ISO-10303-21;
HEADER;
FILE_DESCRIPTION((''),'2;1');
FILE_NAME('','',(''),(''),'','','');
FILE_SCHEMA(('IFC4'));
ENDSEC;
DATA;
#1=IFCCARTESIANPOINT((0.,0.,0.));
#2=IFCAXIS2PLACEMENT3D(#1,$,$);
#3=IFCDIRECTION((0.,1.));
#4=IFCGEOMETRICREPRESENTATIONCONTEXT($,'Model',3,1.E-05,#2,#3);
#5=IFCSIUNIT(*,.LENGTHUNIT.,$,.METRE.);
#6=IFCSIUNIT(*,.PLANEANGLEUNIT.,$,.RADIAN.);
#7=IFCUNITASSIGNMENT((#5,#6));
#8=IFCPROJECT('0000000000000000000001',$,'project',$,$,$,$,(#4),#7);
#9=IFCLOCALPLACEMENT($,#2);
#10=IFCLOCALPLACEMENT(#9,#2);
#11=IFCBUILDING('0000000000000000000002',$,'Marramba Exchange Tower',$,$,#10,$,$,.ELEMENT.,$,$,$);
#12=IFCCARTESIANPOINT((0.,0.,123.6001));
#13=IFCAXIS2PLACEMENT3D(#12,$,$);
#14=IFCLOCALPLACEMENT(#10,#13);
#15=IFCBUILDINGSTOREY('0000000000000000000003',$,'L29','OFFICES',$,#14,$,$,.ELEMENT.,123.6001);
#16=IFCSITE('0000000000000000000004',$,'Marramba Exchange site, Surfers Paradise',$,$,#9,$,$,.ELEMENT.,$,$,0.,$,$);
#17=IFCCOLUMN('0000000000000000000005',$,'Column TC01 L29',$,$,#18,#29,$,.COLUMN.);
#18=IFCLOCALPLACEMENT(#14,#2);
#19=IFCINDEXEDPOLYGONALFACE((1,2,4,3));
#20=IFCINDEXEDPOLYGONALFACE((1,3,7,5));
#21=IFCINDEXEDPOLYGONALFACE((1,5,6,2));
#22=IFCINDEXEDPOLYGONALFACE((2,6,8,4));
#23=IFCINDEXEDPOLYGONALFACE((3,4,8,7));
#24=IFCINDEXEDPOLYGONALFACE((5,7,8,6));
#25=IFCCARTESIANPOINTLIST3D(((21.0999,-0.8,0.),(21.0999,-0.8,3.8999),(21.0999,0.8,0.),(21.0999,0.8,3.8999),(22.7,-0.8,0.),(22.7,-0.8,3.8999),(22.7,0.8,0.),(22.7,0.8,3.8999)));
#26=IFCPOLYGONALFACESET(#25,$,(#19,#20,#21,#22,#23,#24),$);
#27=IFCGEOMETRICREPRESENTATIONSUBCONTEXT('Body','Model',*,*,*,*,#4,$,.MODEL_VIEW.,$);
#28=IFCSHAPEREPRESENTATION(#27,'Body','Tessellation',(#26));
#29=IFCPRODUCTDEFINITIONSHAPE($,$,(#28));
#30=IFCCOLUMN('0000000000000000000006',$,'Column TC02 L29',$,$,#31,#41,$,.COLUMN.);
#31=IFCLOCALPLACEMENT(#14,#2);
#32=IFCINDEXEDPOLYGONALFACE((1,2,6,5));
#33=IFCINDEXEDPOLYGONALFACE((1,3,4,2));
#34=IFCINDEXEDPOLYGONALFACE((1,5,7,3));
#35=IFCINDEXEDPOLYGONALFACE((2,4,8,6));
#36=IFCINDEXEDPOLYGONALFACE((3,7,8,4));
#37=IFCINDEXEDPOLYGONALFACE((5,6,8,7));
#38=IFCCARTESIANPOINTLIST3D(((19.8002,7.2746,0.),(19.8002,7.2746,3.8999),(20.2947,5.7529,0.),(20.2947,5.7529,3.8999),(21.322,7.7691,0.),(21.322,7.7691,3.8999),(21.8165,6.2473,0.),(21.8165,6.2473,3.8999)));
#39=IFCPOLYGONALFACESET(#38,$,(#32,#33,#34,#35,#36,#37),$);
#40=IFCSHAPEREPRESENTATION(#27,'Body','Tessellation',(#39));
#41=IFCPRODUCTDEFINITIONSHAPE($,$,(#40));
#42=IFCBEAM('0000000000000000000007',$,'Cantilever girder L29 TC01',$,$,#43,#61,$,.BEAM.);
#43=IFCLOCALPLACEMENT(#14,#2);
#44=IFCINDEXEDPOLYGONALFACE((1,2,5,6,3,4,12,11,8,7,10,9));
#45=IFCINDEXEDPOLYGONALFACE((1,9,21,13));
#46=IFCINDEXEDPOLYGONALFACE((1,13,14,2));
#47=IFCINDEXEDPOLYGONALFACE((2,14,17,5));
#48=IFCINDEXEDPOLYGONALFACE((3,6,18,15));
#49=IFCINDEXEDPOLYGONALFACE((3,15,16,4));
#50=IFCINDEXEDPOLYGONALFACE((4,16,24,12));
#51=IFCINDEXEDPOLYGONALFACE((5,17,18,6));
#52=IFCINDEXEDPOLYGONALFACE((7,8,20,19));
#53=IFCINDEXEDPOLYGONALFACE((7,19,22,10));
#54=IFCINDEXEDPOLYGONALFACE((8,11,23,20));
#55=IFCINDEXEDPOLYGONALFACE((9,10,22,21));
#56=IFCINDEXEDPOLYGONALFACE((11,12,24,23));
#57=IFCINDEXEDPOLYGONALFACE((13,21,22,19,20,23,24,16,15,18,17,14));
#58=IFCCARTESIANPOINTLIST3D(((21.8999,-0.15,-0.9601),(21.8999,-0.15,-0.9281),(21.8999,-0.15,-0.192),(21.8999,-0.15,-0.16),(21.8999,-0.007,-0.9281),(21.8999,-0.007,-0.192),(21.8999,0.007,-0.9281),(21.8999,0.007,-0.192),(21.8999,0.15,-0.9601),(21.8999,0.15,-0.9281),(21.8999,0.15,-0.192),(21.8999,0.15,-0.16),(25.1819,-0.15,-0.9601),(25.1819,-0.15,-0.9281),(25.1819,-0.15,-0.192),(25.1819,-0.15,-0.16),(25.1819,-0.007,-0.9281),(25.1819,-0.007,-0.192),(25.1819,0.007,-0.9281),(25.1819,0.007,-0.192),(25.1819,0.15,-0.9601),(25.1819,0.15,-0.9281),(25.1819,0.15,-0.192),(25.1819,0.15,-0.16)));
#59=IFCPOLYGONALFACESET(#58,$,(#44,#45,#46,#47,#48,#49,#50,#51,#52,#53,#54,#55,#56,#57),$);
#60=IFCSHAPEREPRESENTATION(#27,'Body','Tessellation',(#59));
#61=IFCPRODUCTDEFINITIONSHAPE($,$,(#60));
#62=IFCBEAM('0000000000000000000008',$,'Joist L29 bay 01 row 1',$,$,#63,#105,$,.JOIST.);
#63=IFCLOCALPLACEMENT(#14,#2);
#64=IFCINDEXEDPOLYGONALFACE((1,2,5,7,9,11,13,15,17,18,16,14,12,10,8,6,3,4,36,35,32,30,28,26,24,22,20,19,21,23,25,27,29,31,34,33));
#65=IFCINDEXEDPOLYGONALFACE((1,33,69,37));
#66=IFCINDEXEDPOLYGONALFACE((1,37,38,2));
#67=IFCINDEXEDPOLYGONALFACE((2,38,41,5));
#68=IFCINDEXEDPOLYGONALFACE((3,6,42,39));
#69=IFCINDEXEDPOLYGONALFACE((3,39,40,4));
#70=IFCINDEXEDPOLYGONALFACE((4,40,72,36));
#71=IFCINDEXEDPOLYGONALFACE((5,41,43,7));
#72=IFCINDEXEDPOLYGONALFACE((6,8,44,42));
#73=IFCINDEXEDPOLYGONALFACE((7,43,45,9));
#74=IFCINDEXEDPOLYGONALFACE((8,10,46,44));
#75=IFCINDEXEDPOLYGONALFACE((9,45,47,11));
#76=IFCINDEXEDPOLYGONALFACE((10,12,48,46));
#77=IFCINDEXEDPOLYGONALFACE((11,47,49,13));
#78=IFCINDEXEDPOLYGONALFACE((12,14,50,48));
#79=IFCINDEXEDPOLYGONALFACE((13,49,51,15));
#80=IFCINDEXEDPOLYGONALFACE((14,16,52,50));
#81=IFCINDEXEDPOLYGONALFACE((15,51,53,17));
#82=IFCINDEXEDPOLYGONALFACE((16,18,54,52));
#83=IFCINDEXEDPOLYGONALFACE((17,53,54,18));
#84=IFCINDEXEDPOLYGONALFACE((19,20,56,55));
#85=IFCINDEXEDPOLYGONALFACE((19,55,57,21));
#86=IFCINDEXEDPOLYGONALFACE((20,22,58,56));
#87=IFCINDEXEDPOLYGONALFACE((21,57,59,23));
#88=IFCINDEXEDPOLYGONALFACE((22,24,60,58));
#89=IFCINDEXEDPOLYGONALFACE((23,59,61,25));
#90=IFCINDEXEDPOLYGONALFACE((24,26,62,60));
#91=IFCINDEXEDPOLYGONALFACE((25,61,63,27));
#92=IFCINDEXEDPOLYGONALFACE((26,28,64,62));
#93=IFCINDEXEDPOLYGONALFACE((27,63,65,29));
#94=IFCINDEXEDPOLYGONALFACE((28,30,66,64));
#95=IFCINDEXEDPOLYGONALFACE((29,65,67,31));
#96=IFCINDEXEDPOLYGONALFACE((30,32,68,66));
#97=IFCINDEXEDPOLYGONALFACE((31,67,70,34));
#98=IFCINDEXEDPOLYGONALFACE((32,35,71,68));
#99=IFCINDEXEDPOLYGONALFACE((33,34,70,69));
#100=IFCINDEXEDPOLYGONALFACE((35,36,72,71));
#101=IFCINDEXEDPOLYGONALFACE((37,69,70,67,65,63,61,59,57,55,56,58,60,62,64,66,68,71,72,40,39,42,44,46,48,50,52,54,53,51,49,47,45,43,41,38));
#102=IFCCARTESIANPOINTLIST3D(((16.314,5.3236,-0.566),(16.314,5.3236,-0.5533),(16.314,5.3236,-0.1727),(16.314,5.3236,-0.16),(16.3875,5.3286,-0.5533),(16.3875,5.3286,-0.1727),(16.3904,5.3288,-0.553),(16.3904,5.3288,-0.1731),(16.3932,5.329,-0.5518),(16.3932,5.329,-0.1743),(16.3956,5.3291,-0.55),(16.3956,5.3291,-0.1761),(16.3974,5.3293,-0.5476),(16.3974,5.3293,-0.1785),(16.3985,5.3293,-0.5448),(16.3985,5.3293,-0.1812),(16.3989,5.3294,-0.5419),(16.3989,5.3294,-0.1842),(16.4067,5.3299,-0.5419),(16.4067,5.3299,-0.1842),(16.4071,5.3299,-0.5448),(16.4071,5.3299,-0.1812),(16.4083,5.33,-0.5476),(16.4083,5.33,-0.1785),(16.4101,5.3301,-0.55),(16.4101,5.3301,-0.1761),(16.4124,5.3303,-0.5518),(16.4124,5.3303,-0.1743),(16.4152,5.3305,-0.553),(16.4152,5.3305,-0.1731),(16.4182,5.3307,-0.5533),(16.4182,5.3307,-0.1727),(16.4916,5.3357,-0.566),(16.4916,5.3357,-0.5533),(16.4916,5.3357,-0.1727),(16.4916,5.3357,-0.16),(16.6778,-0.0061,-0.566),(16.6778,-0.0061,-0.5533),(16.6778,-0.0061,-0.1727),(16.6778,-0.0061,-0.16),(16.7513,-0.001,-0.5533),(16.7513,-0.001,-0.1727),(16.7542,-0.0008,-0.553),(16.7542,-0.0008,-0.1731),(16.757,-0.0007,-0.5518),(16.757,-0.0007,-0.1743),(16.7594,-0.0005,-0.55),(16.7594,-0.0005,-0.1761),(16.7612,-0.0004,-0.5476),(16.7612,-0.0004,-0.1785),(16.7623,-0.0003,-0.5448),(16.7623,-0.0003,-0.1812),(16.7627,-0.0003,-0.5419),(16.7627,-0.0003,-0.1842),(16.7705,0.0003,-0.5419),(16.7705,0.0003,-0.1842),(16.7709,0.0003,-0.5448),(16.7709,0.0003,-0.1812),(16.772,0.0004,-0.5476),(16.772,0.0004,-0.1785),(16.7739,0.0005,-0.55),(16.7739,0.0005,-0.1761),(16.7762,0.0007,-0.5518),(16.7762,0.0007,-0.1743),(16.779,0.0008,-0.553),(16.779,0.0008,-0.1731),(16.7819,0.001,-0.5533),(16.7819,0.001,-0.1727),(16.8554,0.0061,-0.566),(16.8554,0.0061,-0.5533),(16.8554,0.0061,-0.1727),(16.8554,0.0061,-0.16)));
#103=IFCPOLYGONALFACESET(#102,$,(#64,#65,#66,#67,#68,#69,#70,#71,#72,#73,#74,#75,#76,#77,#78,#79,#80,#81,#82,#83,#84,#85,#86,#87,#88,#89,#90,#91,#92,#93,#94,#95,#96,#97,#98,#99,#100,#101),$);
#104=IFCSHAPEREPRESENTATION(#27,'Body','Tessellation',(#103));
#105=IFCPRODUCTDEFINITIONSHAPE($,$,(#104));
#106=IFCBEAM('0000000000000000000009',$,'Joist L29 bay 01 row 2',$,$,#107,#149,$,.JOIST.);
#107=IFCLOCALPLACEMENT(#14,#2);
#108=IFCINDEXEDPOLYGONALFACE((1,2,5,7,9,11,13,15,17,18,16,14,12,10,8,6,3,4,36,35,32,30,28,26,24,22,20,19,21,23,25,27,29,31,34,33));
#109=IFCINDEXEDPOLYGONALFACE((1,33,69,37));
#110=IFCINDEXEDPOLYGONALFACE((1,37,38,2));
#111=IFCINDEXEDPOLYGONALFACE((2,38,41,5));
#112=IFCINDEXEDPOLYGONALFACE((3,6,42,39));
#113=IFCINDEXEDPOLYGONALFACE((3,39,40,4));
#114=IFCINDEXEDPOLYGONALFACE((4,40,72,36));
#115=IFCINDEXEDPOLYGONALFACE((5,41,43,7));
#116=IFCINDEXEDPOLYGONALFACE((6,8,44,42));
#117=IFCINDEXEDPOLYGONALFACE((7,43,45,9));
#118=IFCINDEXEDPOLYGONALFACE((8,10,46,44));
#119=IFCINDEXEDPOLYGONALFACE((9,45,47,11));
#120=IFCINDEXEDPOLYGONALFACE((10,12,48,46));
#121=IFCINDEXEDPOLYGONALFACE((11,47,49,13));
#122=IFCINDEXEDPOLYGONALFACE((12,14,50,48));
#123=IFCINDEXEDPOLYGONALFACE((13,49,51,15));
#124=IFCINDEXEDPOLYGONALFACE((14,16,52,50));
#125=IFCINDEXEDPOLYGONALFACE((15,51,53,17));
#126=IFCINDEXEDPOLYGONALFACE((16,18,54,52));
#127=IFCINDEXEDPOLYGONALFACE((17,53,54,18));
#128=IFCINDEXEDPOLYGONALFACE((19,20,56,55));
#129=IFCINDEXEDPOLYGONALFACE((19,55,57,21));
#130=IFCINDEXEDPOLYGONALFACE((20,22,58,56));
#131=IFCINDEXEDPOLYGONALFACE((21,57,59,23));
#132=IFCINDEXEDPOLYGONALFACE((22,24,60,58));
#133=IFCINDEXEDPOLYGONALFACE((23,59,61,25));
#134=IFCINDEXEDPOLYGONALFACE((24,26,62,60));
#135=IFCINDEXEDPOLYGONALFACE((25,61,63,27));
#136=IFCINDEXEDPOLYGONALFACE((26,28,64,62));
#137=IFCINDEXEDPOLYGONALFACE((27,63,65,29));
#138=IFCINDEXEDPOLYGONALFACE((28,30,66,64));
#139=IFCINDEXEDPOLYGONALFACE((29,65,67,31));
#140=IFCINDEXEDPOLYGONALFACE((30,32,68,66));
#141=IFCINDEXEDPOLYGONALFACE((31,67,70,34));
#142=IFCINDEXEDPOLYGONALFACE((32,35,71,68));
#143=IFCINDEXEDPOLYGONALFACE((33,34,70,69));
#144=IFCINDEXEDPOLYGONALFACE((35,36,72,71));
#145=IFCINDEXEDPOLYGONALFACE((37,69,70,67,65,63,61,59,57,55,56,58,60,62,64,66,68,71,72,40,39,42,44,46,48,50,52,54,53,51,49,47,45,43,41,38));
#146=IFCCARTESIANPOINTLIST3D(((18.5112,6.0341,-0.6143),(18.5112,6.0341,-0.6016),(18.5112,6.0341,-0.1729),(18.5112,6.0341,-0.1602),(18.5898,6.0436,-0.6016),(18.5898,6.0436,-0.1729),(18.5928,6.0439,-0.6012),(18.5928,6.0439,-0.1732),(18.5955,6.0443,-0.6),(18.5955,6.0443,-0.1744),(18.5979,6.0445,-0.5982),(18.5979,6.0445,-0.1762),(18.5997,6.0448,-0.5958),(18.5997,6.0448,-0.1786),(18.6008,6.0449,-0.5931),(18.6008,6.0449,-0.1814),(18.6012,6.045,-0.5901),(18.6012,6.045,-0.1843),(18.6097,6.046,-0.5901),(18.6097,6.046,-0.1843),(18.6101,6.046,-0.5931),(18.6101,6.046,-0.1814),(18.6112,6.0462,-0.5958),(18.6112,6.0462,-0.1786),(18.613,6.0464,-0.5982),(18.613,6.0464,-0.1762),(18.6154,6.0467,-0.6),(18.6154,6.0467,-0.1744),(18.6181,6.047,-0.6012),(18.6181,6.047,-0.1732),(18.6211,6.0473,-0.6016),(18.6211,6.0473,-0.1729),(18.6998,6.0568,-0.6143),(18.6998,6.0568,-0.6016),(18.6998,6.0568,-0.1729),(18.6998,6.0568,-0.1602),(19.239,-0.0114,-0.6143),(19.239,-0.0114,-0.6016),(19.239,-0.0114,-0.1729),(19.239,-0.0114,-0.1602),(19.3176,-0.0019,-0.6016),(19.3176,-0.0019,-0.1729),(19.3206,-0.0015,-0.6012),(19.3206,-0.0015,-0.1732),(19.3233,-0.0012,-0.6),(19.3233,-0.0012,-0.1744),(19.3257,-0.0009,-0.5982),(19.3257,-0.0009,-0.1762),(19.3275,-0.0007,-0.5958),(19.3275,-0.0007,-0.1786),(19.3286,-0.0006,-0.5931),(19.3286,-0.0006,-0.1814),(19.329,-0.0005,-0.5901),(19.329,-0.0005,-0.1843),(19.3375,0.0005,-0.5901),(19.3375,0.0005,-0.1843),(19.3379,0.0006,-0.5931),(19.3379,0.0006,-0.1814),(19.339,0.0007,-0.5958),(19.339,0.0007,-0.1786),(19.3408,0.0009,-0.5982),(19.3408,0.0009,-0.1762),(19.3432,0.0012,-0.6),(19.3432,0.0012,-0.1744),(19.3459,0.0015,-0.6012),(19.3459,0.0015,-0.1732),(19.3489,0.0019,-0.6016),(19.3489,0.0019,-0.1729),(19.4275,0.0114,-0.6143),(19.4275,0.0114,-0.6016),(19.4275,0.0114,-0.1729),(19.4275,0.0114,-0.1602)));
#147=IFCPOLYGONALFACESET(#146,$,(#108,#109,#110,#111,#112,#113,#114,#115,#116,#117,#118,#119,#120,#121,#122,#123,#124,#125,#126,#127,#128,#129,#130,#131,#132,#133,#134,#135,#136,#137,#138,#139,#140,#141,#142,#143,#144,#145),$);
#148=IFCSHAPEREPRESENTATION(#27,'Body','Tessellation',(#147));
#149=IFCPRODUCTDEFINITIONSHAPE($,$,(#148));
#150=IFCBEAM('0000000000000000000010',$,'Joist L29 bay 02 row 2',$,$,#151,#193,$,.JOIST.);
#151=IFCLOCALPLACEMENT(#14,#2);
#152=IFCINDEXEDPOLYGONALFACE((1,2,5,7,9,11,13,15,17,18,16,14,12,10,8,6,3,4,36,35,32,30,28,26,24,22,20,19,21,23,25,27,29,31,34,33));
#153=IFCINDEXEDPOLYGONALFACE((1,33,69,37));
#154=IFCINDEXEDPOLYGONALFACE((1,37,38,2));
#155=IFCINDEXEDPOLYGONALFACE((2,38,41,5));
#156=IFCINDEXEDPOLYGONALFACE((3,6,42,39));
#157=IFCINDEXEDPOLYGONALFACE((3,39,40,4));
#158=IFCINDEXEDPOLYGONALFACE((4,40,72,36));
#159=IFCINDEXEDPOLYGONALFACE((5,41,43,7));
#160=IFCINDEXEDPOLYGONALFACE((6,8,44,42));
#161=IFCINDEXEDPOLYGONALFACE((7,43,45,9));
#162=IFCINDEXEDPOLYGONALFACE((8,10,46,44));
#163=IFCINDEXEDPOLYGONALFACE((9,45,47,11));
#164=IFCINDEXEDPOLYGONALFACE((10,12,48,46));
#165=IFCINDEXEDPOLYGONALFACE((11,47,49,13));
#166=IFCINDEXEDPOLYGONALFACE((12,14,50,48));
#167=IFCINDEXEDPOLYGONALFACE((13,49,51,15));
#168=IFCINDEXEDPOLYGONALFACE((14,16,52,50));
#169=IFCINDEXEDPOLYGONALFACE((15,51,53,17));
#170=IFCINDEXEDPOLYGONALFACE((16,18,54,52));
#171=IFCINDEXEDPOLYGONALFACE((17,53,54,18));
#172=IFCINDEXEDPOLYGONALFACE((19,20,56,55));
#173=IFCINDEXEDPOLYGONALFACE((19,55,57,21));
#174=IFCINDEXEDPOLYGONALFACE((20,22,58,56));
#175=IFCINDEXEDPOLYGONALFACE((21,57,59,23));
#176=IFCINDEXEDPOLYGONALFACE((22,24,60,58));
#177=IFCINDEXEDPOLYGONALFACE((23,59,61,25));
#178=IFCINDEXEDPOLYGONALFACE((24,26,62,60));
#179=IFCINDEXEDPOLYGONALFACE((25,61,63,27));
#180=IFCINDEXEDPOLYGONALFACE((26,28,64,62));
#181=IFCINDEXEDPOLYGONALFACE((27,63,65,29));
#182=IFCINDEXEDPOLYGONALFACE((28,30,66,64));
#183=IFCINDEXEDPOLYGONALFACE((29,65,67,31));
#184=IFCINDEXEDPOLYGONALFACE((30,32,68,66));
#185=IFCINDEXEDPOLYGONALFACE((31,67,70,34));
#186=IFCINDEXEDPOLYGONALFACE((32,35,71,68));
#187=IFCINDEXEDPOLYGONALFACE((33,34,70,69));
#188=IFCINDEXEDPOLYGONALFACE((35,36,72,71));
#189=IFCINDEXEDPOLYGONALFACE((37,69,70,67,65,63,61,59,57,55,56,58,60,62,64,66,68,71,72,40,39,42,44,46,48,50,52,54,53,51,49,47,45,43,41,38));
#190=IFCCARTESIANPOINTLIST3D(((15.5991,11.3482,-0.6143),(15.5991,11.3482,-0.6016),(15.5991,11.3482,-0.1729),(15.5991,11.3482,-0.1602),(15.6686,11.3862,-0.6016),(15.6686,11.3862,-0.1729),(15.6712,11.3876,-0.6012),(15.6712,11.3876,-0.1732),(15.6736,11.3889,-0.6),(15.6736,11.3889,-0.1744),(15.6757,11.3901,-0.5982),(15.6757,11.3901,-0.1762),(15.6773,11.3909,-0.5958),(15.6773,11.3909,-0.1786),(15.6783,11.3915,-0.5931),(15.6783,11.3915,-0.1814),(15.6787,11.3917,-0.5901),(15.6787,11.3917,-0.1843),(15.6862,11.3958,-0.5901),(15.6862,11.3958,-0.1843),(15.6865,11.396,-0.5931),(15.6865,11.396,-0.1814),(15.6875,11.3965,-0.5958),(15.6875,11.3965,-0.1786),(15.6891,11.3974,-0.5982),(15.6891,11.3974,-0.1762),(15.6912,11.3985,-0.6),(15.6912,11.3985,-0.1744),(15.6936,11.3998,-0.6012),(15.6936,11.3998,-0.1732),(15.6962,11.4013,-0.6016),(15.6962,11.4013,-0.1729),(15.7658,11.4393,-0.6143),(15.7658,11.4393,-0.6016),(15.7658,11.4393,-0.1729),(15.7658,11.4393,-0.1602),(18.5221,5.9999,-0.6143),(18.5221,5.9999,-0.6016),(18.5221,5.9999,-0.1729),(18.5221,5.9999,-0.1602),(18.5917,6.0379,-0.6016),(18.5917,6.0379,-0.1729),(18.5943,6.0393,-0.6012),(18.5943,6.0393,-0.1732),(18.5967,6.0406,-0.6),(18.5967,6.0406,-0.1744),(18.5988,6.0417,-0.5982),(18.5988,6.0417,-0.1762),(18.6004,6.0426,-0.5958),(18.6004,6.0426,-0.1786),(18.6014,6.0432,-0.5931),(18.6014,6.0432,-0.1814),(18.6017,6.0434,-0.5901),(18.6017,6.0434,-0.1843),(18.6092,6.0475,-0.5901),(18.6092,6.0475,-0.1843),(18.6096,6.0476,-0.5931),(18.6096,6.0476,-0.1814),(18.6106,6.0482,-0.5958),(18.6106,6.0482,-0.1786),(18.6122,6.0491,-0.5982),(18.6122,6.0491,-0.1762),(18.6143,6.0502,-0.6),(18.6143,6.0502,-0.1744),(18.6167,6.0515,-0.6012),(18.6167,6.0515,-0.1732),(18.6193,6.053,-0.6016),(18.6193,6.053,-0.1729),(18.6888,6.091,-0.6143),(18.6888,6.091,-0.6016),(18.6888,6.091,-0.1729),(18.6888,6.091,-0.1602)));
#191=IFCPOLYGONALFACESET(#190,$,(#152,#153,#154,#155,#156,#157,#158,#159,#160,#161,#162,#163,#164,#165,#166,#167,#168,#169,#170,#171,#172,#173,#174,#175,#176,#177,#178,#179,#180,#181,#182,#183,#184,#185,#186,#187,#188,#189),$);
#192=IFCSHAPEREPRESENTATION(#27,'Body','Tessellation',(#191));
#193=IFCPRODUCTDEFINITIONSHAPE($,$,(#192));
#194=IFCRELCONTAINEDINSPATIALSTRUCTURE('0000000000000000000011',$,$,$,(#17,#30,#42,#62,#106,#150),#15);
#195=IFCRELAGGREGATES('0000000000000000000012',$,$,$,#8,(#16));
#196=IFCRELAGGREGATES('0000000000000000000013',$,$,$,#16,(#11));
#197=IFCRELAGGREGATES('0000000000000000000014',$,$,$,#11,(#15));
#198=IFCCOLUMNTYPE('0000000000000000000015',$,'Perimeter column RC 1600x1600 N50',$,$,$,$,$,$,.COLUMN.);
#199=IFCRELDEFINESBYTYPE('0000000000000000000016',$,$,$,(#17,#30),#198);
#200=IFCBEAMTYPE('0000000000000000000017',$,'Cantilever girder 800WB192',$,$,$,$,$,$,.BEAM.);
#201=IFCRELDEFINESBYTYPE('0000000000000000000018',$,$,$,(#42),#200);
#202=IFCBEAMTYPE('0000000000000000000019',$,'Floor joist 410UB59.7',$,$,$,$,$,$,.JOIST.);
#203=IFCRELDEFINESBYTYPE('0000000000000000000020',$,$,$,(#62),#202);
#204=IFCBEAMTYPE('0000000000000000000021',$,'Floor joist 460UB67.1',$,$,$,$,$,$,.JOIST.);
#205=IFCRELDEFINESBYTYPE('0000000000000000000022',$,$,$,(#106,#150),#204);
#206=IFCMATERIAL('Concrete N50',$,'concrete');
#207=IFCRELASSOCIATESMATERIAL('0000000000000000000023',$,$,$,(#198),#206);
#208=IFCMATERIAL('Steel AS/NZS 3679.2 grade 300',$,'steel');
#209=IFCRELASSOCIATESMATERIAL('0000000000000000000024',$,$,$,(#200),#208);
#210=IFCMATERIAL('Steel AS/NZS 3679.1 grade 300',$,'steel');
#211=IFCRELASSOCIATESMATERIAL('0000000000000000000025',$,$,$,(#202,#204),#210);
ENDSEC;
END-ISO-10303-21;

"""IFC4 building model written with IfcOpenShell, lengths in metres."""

from ifc_helpers import new_model, si_unit, direction, frame, origin, origin_2d, place, context, subcontext, project, spatial, rectangle, i_section, extrude, material, material_profile, profile_set, type_object, element, save


model = new_model("IFC4")

# Units and contexts
model_context = context("Model", 3, precision=1e-05, world=origin(), true_north=direction((0.0, 1.0)))
body_context = subcontext(model_context, "Body", "Model", "MODEL_VIEW")
ifc_project = project(units=[si_unit("LENGTHUNIT", "METRE"), si_unit("PLANEANGLEUNIT", "RADIAN")], contexts=[model_context])

# Site, building, storey
site_placement = place(None, origin())
site = spatial("IfcSite", under=ifc_project, at=site_placement, Name="Marramba Exchange site, Surfers Paradise", CompositionType="ELEMENT", RefElevation=0.0)
building_placement = place(site_placement, origin())
building = spatial("IfcBuilding", under=site, at=building_placement, Name="Marramba Exchange Tower", CompositionType="ELEMENT")
storey_placement = place(building_placement, frame((0.0, 0.0, 123.6001)))
storey = spatial("IfcBuildingStorey", under=building, at=storey_placement, Name="L29", Description="OFFICES", CompositionType="ELEMENT", Elevation=123.6001)

# Columns
ifc_material_1 = material(Name="Concrete N50", Category="concrete")
ifc_material_profile_1 = material_profile(ifc_material_1, rectangle(XDim=1.6001, YDim=1.6001, at=origin_2d()), Name="RC 1600x1600")
ifc_profile_set_1 = profile_set([ifc_material_profile_1], Name="Concrete N50")
column_type = type_object("IfcColumnType", Name="Perimeter column RC 1600x1600 N50", PredefinedType="COLUMN", material=ifc_profile_set_1)
for number, where, z_axis, x_axis, name in (
    (1, (21.8999, 0.0, 0.0), (0.0, 0.0, 1.0), (1.0, 0.0, 0.0), "Column TC01 L29"),
    (2, (20.8083, 6.761, 0.0), (0.0, 0.0, 1.0), (0.951057, 0.309017, 0.0), "Column TC02 L29"),
):
    element("IfcColumn", number, at=place(storey_placement, frame(where, z_axis=z_axis, x_axis=x_axis)), inside=storey, type_object=column_type, Name=name, PredefinedType="COLUMN", context=body_context, shape_type="SweptSolid", body=[
        extrude(rectangle(XDim=1.6001, YDim=1.6001, at=origin_2d()), origin(), (0.0, 0.0, 1.0), 3.8999),
    ])

# Beams
ifc_material_2 = material(Name="Steel AS/NZS 3679.2 grade 300", Category="steel")
ifc_material_profile_2 = material_profile(ifc_material_2, i_section(OverallWidth=0.3, OverallDepth=0.8, WebThickness=0.0139, FlangeThickness=0.032, at=origin_2d()), Name="800WB192")
ifc_profile_set_2 = profile_set([ifc_material_profile_2], Name="Steel AS/NZS 3679.2 grade 300")
beam_type_1 = type_object("IfcBeamType", Name="Cantilever girder 800WB192", PredefinedType="BEAM", material=ifc_profile_set_2)
beam_1_placement = place(storey_placement, frame((21.8999, 0.0, -0.5601), z_axis=(1.0, 0.0, 0.0), x_axis=(0.0, 1.0, 0.0)))
element("IfcBeam", 3, at=beam_1_placement, inside=storey, type_object=beam_type_1, Name="Cantilever girder L29 TC01", PredefinedType="BEAM", context=body_context, shape_type="SweptSolid", body=[
    extrude(i_section(OverallWidth=0.3, OverallDepth=0.8, WebThickness=0.0139, FlangeThickness=0.032, at=origin_2d()), origin(), (0.0, 0.0, 1.0), 3.282),
])
ifc_material_3 = material(Name="Steel AS/NZS 3679.1 grade 300", Category="steel")
ifc_material_profile_3 = material_profile(ifc_material_3, i_section(OverallWidth=0.178, OverallDepth=0.406, WebThickness=0.0078, FlangeThickness=0.0127, FilletRadius=0.0115, at=origin_2d()), Name="410UB59.7")
ifc_profile_set_3 = profile_set([ifc_material_profile_3], Name="Steel AS/NZS 3679.1 grade 300")
beam_type_2 = type_object("IfcBeamType", Name="Floor joist 410UB59.7", PredefinedType="JOIST", material=ifc_profile_set_3)
beam_2_placement = place(storey_placement, frame((16.7666, 0.0, -0.363), z_axis=(-0.068096, 0.997679, 0.0), x_axis=(-0.997679, -0.068096, 0.0)))
element("IfcBeam", 4, at=beam_2_placement, inside=storey, type_object=beam_type_2, Name="Joist L29 bay 01 row 1", PredefinedType="JOIST", context=body_context, shape_type="SweptSolid", body=[
    extrude(i_section(OverallWidth=0.178, OverallDepth=0.406, WebThickness=0.0078, FlangeThickness=0.0127, FilletRadius=0.0115, at=origin_2d()), origin(), (0.0, 0.0, 1.0), 5.342),
])
ifc_material_profile_4 = material_profile(ifc_material_3, i_section(OverallWidth=0.1899, OverallDepth=0.4541, WebThickness=0.0085, FlangeThickness=0.0127, FilletRadius=0.0115, at=origin_2d()), Name="460UB67.1")
ifc_profile_set_4 = profile_set([ifc_material_profile_4], Name="Steel AS/NZS 3679.1 grade 300")
beam_type_3 = type_object("IfcBeamType", Name="Floor joist 460UB67.1", PredefinedType="JOIST", material=ifc_profile_set_4)
beam_3_placement = place(storey_placement, frame((19.3333, 0.0, -0.3872), z_axis=(-0.119523, 0.992831, 0.0), x_axis=(-0.992831, -0.119523, 0.0)))
element("IfcBeam", 5, at=beam_3_placement, inside=storey, type_object=beam_type_3, Name="Joist L29 bay 01 row 2", PredefinedType="JOIST", context=body_context, shape_type="SweptSolid", body=[
    extrude(i_section(OverallWidth=0.1899, OverallDepth=0.4541, WebThickness=0.0085, FlangeThickness=0.0127, FilletRadius=0.0115, at=origin_2d()), origin(), (0.0, 0.0, 1.0), 6.0891),
])
beam_4_placement = place(storey_placement, frame((18.6055, 6.0454, -0.3872), z_axis=(-0.479584, 0.877496, 0.0), x_axis=(-0.877496, -0.479584, 0.0)))
element("IfcBeam", 6, at=beam_4_placement, inside=storey, type_object=beam_type_3, Name="Joist L29 bay 02 row 2", PredefinedType="JOIST", context=body_context, shape_type="SweptSolid", body=[
    extrude(i_section(OverallWidth=0.1899, OverallDepth=0.4541, WebThickness=0.0085, FlangeThickness=0.0127, FilletRadius=0.0115, at=origin_2d()), origin(), (0.0, 0.0, 1.0), 6.095),
])

save(model, "model.ifc")
